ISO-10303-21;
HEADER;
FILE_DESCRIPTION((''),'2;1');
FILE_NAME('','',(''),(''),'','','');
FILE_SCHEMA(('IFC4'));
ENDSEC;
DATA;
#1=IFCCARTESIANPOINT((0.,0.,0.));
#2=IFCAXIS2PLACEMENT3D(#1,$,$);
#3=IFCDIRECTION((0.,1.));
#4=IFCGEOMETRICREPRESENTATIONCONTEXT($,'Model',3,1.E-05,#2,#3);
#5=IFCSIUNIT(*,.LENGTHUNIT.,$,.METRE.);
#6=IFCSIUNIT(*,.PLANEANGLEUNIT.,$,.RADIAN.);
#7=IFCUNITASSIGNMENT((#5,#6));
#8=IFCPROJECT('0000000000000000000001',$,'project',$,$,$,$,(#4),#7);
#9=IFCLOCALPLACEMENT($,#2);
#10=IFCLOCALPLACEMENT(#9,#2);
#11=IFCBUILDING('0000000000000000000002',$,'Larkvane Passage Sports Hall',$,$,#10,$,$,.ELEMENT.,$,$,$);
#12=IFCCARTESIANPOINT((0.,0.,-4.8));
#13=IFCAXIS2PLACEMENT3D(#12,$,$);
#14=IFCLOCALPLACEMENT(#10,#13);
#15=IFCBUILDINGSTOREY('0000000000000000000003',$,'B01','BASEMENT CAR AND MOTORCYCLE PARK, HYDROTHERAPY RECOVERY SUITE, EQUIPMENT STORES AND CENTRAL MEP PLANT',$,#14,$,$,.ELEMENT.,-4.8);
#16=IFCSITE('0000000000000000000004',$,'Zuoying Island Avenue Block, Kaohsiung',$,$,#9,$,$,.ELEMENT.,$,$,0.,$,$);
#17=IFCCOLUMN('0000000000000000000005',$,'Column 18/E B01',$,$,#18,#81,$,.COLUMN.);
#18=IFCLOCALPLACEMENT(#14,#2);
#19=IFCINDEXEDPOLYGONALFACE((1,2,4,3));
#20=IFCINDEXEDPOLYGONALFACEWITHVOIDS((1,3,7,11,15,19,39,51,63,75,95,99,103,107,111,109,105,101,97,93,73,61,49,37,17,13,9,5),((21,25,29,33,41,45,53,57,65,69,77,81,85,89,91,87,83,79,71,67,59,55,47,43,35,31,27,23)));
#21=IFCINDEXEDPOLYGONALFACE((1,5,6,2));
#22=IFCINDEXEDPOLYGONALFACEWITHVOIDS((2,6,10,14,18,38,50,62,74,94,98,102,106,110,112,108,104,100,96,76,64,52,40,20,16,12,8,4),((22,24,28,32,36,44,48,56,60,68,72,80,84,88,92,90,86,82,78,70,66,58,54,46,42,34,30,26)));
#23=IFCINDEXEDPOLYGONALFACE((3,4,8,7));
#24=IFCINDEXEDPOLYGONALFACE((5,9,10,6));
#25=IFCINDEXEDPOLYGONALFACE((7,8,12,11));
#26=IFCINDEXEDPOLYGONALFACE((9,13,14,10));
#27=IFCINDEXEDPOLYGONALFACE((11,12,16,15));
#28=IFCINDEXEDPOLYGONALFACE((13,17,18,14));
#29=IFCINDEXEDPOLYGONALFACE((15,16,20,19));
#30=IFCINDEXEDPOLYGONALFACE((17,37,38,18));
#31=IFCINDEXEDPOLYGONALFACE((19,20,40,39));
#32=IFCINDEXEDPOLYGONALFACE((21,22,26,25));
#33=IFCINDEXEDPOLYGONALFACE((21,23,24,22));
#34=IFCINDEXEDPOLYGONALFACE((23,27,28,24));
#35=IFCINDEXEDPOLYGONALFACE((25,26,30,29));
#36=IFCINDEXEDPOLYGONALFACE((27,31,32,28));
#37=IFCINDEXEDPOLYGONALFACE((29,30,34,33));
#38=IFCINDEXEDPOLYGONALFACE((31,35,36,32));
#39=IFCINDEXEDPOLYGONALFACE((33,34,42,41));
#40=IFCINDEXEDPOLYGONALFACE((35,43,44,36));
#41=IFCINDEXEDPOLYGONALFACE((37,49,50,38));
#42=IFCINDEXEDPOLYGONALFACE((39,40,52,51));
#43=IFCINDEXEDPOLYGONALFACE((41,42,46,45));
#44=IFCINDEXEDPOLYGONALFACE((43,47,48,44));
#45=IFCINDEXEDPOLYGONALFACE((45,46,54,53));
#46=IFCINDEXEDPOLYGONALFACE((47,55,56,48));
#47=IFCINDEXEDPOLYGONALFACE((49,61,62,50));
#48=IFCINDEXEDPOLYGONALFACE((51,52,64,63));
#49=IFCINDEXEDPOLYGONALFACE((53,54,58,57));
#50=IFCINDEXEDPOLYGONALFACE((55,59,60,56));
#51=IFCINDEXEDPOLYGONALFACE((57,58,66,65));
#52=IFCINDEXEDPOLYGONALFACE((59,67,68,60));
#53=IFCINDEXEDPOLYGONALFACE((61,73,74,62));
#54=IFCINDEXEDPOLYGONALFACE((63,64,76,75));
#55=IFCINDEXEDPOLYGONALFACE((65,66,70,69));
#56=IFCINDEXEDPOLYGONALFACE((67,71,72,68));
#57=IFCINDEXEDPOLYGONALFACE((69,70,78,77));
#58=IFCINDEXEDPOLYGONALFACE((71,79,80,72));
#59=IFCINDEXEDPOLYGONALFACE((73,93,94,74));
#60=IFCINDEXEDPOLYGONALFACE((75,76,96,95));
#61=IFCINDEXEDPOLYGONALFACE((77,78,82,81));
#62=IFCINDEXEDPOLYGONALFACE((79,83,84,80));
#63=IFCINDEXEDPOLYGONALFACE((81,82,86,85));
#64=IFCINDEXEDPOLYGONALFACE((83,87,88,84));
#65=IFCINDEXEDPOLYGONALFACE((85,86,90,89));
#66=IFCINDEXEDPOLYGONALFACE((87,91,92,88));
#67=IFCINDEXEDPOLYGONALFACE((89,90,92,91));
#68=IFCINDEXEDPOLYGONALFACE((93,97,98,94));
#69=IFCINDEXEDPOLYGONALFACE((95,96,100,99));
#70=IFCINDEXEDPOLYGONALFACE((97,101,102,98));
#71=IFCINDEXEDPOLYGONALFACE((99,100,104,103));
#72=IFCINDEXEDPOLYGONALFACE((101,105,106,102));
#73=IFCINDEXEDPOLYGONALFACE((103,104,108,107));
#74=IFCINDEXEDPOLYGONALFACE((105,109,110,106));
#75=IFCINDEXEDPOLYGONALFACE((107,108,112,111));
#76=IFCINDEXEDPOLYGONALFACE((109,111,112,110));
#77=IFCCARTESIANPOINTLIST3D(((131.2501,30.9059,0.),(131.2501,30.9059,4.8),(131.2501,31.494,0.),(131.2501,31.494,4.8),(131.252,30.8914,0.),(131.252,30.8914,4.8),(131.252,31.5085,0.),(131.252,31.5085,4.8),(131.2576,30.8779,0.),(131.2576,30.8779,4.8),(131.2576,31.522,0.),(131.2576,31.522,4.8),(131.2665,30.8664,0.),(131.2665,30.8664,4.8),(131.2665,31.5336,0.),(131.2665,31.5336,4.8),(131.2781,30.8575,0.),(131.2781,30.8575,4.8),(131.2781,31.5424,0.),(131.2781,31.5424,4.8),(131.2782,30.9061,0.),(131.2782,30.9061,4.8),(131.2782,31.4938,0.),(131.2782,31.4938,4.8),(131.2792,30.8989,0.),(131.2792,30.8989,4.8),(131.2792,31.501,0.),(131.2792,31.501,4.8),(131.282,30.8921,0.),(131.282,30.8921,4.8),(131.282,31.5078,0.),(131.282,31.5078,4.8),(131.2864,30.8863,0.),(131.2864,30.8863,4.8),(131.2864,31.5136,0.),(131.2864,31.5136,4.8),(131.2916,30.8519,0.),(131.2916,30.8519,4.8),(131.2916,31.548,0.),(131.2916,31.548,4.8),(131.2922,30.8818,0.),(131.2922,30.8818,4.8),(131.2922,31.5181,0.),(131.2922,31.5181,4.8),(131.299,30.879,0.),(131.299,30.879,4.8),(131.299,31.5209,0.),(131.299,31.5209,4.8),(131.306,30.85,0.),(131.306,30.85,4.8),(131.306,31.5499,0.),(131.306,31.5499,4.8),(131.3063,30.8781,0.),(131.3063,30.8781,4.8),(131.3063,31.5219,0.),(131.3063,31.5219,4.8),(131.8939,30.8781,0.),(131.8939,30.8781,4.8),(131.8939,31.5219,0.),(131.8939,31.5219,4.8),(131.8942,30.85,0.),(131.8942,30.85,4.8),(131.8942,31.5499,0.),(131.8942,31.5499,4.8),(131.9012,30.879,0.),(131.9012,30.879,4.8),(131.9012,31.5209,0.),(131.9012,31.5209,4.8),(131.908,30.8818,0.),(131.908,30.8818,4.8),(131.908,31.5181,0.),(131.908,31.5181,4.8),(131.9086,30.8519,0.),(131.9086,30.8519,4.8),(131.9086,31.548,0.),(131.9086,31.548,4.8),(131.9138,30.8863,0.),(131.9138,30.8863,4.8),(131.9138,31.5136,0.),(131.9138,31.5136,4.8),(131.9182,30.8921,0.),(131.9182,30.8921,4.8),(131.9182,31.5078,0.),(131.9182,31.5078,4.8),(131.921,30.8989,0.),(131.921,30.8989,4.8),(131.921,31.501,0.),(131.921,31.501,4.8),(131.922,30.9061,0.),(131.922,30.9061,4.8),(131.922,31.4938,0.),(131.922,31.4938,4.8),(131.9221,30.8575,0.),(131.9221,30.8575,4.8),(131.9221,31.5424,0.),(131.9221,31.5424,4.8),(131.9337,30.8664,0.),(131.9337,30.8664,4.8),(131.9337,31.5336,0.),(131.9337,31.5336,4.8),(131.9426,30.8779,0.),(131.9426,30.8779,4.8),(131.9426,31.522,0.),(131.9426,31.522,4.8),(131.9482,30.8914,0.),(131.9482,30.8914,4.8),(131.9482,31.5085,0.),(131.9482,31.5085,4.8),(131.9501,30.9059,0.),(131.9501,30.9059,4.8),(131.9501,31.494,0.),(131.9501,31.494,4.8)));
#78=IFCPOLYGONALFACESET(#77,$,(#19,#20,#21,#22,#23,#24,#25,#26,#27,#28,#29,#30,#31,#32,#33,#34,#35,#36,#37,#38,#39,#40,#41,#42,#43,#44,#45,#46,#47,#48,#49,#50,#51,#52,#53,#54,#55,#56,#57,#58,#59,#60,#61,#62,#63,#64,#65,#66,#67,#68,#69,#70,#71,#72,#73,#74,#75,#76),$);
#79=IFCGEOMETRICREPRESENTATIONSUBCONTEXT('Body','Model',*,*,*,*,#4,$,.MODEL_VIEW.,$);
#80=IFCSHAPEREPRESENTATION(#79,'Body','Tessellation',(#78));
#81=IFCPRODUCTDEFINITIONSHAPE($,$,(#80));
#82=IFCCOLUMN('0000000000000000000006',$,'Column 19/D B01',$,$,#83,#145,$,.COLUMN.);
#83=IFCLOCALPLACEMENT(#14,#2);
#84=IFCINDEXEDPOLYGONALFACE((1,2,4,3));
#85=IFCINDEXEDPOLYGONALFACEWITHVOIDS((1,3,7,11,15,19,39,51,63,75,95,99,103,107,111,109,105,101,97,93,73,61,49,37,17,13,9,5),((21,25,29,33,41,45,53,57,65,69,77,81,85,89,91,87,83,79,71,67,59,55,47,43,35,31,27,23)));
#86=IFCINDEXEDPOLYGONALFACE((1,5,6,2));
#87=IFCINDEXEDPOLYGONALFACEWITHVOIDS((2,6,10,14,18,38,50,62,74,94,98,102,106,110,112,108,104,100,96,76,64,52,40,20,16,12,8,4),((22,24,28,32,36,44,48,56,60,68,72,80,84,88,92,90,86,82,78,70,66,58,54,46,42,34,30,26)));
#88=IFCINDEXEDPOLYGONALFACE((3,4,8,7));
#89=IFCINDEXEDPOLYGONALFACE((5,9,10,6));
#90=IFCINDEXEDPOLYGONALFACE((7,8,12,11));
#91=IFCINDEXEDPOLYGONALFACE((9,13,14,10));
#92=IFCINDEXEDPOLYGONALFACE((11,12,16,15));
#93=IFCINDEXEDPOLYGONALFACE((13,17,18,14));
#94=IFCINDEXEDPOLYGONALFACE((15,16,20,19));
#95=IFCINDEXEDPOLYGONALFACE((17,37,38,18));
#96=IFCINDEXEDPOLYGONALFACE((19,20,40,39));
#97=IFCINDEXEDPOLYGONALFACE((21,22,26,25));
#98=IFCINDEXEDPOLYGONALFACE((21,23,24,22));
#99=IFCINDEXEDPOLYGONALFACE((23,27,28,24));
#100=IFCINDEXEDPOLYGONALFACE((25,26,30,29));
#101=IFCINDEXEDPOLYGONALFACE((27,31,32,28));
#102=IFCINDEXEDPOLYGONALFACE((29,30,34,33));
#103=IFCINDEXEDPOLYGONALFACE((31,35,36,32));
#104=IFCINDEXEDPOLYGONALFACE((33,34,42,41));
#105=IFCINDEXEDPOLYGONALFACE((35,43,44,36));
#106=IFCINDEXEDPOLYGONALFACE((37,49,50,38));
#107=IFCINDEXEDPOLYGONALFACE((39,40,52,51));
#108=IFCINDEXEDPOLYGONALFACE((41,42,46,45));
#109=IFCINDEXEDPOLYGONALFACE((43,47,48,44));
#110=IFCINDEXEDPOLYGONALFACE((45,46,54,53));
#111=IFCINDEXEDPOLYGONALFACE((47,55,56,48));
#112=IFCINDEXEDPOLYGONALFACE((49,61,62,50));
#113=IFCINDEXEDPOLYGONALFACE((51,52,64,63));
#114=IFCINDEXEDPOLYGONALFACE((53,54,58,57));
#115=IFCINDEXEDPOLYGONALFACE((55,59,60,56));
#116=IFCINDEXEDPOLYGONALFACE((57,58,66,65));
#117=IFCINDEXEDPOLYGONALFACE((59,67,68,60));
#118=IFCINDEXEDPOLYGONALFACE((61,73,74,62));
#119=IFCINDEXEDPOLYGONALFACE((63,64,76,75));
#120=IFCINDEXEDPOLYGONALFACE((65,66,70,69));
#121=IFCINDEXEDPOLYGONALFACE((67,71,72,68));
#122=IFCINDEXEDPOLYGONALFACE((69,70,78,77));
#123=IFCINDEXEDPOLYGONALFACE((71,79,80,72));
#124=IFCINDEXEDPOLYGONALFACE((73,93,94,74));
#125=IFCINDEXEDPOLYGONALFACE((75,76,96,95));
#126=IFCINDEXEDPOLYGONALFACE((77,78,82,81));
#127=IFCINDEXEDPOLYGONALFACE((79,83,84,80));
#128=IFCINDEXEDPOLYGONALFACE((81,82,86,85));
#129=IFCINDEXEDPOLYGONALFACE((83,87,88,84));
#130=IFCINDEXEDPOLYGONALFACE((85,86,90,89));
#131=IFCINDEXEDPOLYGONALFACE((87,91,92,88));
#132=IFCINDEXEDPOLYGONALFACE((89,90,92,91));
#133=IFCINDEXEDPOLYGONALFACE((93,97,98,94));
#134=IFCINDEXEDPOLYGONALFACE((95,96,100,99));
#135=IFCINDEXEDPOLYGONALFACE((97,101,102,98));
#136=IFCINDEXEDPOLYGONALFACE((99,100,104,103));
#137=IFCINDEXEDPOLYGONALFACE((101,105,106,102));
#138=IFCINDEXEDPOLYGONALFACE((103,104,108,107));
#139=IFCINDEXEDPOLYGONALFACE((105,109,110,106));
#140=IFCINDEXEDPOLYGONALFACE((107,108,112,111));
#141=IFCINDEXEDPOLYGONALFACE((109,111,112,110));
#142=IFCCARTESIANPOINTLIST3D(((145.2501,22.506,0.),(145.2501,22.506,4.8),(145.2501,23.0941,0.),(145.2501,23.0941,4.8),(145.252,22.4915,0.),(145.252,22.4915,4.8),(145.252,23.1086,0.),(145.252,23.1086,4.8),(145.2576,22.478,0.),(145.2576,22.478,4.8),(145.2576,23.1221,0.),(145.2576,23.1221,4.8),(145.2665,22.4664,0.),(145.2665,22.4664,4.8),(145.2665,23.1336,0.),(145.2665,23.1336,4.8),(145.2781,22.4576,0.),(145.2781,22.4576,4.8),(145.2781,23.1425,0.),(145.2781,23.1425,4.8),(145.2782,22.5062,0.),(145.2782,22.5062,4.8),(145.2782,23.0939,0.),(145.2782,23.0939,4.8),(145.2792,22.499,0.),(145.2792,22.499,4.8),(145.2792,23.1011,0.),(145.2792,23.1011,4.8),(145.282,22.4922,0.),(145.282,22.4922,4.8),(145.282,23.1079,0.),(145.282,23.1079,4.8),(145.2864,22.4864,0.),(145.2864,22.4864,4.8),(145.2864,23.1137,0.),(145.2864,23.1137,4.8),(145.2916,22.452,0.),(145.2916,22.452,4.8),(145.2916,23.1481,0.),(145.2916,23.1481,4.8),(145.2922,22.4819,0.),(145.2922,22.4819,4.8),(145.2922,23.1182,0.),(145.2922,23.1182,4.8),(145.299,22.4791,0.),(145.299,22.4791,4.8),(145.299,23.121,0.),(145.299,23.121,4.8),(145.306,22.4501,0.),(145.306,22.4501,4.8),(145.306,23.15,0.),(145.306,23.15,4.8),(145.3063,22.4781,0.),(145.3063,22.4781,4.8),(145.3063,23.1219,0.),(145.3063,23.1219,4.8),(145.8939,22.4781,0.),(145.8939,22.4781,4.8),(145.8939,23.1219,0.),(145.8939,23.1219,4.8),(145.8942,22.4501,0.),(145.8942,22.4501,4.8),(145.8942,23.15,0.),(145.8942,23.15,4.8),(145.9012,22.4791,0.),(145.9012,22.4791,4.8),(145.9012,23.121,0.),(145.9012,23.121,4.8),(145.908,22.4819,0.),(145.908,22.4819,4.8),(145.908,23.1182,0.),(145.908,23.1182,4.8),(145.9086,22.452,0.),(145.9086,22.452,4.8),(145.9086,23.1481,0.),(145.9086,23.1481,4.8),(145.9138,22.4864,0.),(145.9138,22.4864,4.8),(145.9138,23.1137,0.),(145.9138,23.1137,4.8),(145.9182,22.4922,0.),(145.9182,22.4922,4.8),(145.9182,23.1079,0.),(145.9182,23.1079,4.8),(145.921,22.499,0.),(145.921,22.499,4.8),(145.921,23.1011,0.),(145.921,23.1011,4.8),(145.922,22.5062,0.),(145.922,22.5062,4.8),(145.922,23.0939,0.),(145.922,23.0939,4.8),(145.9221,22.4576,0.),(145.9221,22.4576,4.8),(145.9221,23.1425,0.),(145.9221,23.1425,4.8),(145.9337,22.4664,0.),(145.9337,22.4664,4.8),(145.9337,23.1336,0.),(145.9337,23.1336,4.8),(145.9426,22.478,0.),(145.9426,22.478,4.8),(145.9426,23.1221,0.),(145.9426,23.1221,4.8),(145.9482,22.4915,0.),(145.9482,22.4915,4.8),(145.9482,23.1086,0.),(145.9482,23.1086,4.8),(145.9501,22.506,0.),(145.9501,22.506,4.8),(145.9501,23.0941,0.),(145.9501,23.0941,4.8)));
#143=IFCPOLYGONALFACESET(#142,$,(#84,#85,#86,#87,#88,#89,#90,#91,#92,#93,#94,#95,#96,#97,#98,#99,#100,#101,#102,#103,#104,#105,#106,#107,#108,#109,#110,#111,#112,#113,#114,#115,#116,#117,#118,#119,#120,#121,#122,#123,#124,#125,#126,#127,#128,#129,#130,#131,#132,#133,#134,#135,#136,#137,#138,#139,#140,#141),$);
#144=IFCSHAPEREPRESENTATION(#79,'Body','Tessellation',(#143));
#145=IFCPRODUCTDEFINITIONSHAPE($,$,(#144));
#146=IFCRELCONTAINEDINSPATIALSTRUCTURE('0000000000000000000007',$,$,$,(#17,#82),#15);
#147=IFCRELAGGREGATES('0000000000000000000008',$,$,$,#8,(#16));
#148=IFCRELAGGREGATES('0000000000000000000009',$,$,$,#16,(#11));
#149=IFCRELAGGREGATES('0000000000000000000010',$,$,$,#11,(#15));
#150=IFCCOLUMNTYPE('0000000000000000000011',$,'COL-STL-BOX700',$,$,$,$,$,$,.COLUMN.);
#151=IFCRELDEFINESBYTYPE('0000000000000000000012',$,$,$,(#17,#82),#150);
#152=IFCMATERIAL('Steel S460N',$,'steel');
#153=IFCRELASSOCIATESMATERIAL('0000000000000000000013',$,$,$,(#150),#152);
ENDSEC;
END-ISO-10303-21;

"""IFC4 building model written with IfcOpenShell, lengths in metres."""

from ifc_helpers import new_model, si_unit, direction, frame, origin, origin_2d, place, context, subcontext, project, spatial, hollow_rectangle, extrude, material, material_profile, profile_set, type_object, element, save


model = new_model("IFC4")

# Units and contexts
model_context = context("Model", 3, precision=1e-05, world=origin(), true_north=direction((0.0, 1.0)))
body_context = subcontext(model_context, "Body", "Model", "MODEL_VIEW")
ifc_project = project(units=[si_unit("LENGTHUNIT", "METRE"), si_unit("PLANEANGLEUNIT", "RADIAN")], contexts=[model_context])

# Site, building, storey
site_placement = place(None, origin())
site = spatial("IfcSite", under=ifc_project, at=site_placement, Name="Zuoying Island Avenue Block, Kaohsiung", CompositionType="ELEMENT", RefElevation=0.0)
building_placement = place(site_placement, origin())
building = spatial("IfcBuilding", under=site, at=building_placement, Name="Larkvane Passage Sports Hall", CompositionType="ELEMENT")
storey_placement = place(building_placement, frame((0.0, 0.0, -4.8)))
storey = spatial("IfcBuildingStorey", under=building, at=storey_placement, Name="B01", Description="BASEMENT CAR AND MOTORCYCLE PARK, HYDROTHERAPY RECOVERY SUITE, EQUIPMENT STORES AND CENTRAL MEP PLANT", CompositionType="ELEMENT", Elevation=-4.8)

# Columns
ifc_material_1 = material(Name="Steel S460N", Category="steel")
ifc_material_profile_1 = material_profile(ifc_material_1, hollow_rectangle(XDim=0.7, YDim=0.7, WallThickness=0.0281, InnerFilletRadius=0.0281, OuterFilletRadius=0.0559, at=origin_2d()), Name="BOX-700x700x28")
ifc_profile_set_1 = profile_set([ifc_material_profile_1], Name="Steel S460N")
column_type_1 = type_object("IfcColumnType", Name="COL-STL-BOX700", PredefinedType="COLUMN", material=ifc_profile_set_1)
for number, where, z_axis, x_axis, name in (
    (1, (131.6001, 31.2, 0.0), (0.0, 0.0, 1.0), (1.0, 0.0, 0.0), "Column 18/E B01"),
    (2, (145.6001, 22.8, 0.0), (0.0, 0.0, 1.0), (1.0, 0.0, 0.0), "Column 19/D B01"),
):
    element("IfcColumn", number, at=place(storey_placement, frame(where, z_axis=z_axis, x_axis=x_axis)), inside=storey, type_object=column_type_1, Name=name, PredefinedType="COLUMN", context=body_context, shape_type="SweptSolid", body=[
        extrude(hollow_rectangle(XDim=0.7, YDim=0.7, WallThickness=0.0281, InnerFilletRadius=0.0281, OuterFilletRadius=0.0559, at=origin_2d()), origin(), (0.0, 0.0, 1.0), 4.8),
    ])

save(model, "model.ifc")
